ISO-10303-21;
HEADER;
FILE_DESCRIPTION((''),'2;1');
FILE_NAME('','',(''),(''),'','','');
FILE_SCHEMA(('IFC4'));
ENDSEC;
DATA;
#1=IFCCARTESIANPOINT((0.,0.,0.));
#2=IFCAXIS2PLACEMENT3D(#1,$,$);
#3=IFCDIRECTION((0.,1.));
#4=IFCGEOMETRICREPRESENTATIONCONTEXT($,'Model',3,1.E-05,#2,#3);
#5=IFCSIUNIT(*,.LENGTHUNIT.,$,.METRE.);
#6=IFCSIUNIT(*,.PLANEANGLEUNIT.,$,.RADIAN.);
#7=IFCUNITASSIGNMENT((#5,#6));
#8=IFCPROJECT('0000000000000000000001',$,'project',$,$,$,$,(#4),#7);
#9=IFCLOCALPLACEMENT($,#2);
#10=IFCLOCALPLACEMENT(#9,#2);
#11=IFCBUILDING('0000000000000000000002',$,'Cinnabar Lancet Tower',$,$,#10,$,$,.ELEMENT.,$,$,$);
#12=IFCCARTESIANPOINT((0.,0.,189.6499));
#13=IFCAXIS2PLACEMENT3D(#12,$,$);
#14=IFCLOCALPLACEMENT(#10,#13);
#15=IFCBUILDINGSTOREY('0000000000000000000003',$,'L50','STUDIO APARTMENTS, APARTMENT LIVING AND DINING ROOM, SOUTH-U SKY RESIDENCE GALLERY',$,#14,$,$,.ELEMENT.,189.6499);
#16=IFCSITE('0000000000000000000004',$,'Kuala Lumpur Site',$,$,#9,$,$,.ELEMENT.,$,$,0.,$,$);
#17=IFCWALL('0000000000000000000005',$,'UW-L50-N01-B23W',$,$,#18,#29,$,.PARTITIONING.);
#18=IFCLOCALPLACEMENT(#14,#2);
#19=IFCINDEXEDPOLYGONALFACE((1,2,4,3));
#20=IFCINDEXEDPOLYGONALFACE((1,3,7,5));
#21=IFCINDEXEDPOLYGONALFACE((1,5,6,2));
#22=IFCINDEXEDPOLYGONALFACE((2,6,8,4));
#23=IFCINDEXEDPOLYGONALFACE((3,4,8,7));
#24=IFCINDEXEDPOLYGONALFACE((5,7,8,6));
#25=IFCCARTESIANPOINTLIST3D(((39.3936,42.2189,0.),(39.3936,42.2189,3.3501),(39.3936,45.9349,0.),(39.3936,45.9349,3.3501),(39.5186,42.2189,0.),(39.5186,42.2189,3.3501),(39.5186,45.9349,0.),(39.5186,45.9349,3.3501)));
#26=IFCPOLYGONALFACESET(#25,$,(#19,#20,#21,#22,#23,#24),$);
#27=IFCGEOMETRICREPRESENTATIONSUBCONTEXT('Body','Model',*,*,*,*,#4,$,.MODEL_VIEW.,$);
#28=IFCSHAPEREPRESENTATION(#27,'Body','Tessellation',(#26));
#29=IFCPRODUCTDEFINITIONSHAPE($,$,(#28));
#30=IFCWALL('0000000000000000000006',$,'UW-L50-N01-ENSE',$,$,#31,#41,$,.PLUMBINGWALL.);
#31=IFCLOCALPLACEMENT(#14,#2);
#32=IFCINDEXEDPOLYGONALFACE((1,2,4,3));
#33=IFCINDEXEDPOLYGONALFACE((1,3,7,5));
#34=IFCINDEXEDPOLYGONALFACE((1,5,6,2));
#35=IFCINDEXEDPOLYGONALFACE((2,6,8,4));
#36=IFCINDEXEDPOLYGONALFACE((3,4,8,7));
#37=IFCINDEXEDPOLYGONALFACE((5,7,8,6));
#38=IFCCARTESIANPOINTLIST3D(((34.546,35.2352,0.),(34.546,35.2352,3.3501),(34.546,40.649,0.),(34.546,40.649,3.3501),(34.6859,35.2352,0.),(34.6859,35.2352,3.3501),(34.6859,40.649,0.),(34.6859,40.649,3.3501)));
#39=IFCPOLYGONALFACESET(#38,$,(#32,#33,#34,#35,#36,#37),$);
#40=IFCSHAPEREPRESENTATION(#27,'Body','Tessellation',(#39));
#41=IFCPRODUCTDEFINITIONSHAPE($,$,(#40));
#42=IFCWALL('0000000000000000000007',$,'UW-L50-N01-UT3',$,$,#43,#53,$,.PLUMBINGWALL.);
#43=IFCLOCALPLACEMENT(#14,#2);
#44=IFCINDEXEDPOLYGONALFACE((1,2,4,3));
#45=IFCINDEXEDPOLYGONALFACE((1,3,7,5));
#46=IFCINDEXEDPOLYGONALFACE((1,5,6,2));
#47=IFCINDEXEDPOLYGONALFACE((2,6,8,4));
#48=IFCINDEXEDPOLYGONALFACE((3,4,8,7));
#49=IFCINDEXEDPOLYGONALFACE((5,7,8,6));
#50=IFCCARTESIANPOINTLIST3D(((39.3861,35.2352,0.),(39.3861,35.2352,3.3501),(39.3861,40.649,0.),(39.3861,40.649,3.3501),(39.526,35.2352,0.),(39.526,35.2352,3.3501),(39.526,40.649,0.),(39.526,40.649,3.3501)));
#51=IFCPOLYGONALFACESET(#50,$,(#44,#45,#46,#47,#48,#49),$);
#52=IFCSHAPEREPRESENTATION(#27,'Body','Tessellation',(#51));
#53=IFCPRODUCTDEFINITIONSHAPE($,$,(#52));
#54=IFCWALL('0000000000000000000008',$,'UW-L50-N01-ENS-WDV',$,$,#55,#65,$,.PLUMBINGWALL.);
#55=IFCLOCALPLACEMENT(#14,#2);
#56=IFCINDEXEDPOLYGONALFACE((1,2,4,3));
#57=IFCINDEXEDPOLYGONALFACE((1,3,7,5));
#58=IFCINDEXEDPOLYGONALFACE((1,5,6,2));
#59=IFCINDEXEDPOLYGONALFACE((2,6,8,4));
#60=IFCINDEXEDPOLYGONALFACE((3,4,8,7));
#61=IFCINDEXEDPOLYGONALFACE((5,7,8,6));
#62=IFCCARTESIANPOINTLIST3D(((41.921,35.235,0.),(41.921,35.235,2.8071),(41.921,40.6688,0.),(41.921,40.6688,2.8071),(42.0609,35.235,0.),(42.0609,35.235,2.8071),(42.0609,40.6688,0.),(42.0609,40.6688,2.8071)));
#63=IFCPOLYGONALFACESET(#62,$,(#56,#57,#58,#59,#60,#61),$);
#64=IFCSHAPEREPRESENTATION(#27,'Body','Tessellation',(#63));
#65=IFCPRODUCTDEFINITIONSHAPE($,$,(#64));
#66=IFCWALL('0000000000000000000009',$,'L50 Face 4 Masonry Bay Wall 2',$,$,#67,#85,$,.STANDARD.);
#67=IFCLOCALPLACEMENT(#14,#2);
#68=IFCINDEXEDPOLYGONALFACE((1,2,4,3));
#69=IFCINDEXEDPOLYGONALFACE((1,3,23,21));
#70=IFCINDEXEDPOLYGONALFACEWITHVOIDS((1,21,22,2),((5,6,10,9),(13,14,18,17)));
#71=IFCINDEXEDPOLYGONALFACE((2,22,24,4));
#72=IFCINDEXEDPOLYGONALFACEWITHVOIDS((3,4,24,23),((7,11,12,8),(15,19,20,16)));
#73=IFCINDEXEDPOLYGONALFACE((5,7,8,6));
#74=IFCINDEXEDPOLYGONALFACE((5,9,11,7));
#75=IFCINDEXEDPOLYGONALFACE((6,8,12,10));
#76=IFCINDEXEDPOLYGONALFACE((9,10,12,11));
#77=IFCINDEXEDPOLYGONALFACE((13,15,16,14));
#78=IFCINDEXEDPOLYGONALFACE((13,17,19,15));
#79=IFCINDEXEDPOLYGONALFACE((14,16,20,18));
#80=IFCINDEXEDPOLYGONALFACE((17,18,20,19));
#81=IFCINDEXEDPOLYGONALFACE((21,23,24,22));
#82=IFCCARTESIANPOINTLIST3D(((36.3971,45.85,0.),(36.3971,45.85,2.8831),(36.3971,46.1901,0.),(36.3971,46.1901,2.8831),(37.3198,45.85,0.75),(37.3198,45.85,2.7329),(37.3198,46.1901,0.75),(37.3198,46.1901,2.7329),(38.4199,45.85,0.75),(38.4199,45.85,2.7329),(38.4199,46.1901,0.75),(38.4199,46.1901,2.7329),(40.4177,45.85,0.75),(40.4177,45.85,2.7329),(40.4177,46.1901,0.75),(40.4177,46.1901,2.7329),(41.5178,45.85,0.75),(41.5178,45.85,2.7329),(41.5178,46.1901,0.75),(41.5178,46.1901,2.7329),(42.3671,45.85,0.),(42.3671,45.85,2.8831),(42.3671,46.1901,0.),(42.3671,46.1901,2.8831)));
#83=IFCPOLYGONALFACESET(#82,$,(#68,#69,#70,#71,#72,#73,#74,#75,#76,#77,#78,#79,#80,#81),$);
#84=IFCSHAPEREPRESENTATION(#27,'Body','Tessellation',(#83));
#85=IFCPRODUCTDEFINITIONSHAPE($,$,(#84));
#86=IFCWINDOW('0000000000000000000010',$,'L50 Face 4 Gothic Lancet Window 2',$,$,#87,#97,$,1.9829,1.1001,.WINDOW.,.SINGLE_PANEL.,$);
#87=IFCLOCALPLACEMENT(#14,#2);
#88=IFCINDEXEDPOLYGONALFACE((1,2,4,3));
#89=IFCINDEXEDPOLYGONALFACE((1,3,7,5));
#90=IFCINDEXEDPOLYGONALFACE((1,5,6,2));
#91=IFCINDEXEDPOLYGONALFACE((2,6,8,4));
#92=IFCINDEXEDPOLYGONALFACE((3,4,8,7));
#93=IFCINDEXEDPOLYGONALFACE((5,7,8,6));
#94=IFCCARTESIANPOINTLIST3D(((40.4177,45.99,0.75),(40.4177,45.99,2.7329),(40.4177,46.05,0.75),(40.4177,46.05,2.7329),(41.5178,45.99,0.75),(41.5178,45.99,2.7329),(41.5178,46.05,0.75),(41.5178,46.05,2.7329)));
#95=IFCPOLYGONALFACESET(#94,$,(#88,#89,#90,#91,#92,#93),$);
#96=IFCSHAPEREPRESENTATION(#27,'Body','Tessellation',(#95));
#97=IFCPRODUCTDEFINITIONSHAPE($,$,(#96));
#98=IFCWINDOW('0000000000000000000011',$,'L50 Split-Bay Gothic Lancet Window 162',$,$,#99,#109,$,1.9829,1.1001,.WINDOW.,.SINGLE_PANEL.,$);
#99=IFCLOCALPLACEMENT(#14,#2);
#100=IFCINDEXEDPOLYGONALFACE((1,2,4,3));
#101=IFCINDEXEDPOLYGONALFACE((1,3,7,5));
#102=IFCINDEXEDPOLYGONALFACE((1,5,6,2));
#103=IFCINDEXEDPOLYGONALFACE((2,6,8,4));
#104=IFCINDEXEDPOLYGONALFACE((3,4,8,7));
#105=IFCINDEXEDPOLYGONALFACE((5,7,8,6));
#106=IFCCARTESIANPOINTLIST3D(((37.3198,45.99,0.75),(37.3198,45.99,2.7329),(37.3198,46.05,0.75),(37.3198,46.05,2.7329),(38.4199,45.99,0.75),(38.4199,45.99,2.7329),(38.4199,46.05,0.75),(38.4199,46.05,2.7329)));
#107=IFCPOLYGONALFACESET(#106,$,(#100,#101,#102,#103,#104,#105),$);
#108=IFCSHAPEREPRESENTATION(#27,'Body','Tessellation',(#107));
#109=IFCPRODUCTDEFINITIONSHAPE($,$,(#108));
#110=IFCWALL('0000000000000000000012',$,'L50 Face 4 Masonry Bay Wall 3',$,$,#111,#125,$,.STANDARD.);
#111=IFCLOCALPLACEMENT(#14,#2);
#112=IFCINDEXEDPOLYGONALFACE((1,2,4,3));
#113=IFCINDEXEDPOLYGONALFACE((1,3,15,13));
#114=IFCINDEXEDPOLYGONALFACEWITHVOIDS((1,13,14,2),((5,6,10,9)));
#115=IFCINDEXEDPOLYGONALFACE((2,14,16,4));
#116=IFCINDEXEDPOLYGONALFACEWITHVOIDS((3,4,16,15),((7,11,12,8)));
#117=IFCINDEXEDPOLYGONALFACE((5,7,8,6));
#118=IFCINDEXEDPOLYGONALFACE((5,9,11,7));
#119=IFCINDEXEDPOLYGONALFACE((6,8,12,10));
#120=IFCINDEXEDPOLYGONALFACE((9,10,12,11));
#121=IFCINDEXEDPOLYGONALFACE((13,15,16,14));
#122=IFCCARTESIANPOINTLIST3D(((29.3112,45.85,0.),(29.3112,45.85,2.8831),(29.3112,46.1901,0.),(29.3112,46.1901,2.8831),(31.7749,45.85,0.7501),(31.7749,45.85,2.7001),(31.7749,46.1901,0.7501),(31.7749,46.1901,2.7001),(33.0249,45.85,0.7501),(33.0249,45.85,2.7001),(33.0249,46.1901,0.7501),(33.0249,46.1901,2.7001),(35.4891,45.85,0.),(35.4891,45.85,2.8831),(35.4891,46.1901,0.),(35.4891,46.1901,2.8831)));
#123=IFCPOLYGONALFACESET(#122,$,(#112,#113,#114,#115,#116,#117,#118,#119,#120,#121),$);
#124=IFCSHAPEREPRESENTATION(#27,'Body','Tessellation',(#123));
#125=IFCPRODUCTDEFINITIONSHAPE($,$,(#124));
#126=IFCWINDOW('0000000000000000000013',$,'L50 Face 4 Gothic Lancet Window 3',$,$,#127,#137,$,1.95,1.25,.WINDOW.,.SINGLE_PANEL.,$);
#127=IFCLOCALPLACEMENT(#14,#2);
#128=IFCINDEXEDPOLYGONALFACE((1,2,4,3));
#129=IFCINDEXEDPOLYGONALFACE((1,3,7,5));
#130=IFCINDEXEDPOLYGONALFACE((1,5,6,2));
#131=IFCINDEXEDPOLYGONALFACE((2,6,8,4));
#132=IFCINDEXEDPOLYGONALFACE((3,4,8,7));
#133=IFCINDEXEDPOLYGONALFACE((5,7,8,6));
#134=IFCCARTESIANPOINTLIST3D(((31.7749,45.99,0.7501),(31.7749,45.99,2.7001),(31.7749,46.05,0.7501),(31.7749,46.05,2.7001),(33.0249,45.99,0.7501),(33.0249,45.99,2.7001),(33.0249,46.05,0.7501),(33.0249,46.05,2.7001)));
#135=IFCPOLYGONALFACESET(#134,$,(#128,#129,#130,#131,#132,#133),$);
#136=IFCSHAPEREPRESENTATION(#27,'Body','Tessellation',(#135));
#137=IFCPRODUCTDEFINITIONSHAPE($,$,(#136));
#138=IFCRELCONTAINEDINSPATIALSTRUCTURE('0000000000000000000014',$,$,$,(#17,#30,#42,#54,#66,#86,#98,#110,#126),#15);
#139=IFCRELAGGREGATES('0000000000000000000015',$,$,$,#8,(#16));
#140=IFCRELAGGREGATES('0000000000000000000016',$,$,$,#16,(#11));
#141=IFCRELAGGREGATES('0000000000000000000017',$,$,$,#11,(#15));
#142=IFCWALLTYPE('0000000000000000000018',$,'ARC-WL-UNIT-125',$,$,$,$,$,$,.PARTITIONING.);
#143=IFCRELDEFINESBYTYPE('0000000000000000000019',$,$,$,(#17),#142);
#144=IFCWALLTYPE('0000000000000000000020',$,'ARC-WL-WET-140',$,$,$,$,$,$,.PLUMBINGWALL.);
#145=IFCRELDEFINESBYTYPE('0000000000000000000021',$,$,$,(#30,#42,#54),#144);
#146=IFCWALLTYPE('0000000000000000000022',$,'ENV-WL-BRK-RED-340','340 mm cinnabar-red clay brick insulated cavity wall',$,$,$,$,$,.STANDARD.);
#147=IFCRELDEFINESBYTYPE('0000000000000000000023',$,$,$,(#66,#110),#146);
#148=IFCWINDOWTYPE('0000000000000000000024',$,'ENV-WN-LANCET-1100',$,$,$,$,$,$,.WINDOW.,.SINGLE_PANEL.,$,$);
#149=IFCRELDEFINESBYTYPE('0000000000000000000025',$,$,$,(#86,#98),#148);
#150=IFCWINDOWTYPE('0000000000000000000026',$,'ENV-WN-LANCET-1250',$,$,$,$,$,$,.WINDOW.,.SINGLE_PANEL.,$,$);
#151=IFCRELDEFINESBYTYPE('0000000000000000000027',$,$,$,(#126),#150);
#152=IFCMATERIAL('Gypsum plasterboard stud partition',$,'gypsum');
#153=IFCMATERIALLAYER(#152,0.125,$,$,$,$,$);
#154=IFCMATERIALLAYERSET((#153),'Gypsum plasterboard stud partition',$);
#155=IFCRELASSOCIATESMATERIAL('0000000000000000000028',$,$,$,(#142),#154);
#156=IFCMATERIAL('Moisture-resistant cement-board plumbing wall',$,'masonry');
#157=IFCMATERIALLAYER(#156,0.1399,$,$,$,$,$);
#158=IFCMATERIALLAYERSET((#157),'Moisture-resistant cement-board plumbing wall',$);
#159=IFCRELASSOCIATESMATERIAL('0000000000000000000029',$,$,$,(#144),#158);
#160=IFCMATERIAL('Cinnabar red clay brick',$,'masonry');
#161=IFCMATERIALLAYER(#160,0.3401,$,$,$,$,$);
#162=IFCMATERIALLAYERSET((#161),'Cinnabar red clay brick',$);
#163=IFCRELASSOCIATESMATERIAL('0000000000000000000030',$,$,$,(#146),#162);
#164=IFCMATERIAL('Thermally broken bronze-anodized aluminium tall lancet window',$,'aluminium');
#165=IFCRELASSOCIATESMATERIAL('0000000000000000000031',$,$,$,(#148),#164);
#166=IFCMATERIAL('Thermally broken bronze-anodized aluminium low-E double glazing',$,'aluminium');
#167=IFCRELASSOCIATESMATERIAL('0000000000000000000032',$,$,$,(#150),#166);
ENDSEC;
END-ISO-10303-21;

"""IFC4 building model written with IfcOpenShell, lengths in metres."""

from ifc_helpers import new_model, si_unit, direction, frame, frame_2d, origin, place, context, subcontext, project, spatial, rectangle, extrude, material, layer, layer_set, type_object, element, fill, save


model = new_model("IFC4")

# Units and contexts
model_context = context("Model", 3, precision=1e-05, world=origin(), true_north=direction((0.0, 1.0)))
body_context = subcontext(model_context, "Body", "Model", "MODEL_VIEW")
ifc_project = project(units=[si_unit("LENGTHUNIT", "METRE"), si_unit("PLANEANGLEUNIT", "RADIAN")], contexts=[model_context])

# Site, building, storey
site_placement = place(None, origin())
site = spatial("IfcSite", under=ifc_project, at=site_placement, Name="Kuala Lumpur Site", CompositionType="ELEMENT", RefElevation=0.0)
building_placement = place(site_placement, origin())
building = spatial("IfcBuilding", under=site, at=building_placement, Name="Cinnabar Lancet Tower", CompositionType="ELEMENT")
storey_placement = place(building_placement, frame((0.0, 0.0, 189.6499)))
storey = spatial("IfcBuildingStorey", under=building, at=storey_placement, Name="L50", Description="STUDIO APARTMENTS, APARTMENT LIVING AND DINING ROOM, SOUTH-U SKY RESIDENCE GALLERY", CompositionType="ELEMENT", Elevation=189.6499)

# Shared definitions
ifc_material_1 = material(Name="Gypsum plasterboard stud partition", Category="gypsum")
ifc_layer_1 = layer(ifc_material_1, 0.125)
ifc_layer_set_1 = layer_set([ifc_layer_1], Name="Gypsum plasterboard stud partition")
wall_type_1 = type_object("IfcWallType", Name="ARC-WL-UNIT-125", PredefinedType="PARTITIONING", material=ifc_layer_set_1)

# Walls
for number, where, z_axis, x_axis, name in (
    (1, (39.4561, 42.219, 0.0), (0.0, 0.0, 1.0), (0.0, 1.0, 0.0), "UW-L50-N01-B23W"),
):
    element("IfcWall", number, at=place(storey_placement, frame(where, z_axis=z_axis, x_axis=x_axis)), inside=storey, type_object=wall_type_1, Name=name, PredefinedType="PARTITIONING", context=body_context, shape_type="SweptSolid", body=[
        extrude(rectangle(XDim=3.7161, YDim=0.125, at=frame_2d((1.8579, 0.0))), origin(), (0.0, 0.0, 1.0), 3.3501),
    ])
ifc_material_2 = material(Name="Moisture-resistant cement-board plumbing wall", Category="masonry")
ifc_layer_2 = layer(ifc_material_2, 0.1399)
ifc_layer_set_2 = layer_set([ifc_layer_2], Name="Moisture-resistant cement-board plumbing wall")
wall_type_2 = type_object("IfcWallType", Name="ARC-WL-WET-140", PredefinedType="PLUMBINGWALL", material=ifc_layer_set_2)
for number, where, z_axis, x_axis, name in (
    (2, (34.616, 35.2351, 0.0), (0.0, 0.0, 1.0), (0.0, 1.0, 0.0), "UW-L50-N01-ENSE"),
    (3, (39.4561, 35.2351, 0.0), (0.0, 0.0, 1.0), (0.0, 1.0, 0.0), "UW-L50-N01-UT3"),
):
    element("IfcWall", number, at=place(storey_placement, frame(where, z_axis=z_axis, x_axis=x_axis)), inside=storey, type_object=wall_type_2, Name=name, PredefinedType="PLUMBINGWALL", context=body_context, shape_type="SweptSolid", body=[
        extrude(rectangle(XDim=5.4138, YDim=0.1399, at=frame_2d((2.707, 0.0))), origin(), (0.0, 0.0, 1.0), 3.3501),
    ])
wall_1_placement = place(storey_placement, frame((41.991, 35.2351, 0.0), z_axis=(0.0, 0.0, 1.0), x_axis=(0.0, 1.0, 0.0)))
element("IfcWall", 4, at=wall_1_placement, inside=storey, type_object=wall_type_2, Name="UW-L50-N01-ENS-WDV", PredefinedType="PLUMBINGWALL", context=body_context, shape_type="SweptSolid", body=[
    extrude(rectangle(XDim=5.4338, YDim=0.1399, at=frame_2d((2.7168, 0.0))), origin(), (0.0, 0.0, 1.0), 2.8071),
])

# Wall, openings, windows
ifc_material_3 = material(Name="Cinnabar red clay brick", Category="masonry")
ifc_layer_3 = layer(ifc_material_3, 0.3401)
ifc_layer_set_3 = layer_set([ifc_layer_3], Name="Cinnabar red clay brick")
wall_type_3 = type_object("IfcWallType", Name="ENV-WL-BRK-RED-340", Description="340 mm cinnabar-red clay brick insulated cavity wall", PredefinedType="STANDARD", material=ifc_layer_set_3)
wall_2_placement = place(storey_placement, frame((42.3669, 46.02, 0.0), z_axis=(0.0, 0.0, 1.0), x_axis=(-1.0, 0.0, 0.0)))
wall_2 = element("IfcWall", 5, at=wall_2_placement, inside=storey, type_object=wall_type_3, Name="L50 Face 4 Masonry Bay Wall 2", PredefinedType="STANDARD", context=body_context, shape_type="SweptSolid", body=[
    extrude(rectangle(XDim=5.97, YDim=0.3401, at=frame_2d((2.9849, 0.0))), origin(), (0.0, 0.0, 1.0), 2.8831),
])
opening_1_placement = place(wall_2_placement, frame((0.8491, 0.0, 0.75)))
opening_1 = element("IfcOpeningElement", 6, at=opening_1_placement, cuts=wall_2, PredefinedType="OPENING", context=body_context, shape_type="SweptSolid", body=[
    extrude(rectangle(XDim=1.1001, YDim=1.9829, at=frame_2d((0.55, 0.9915))), frame((0.0, 0.1799, 0.0), z_axis=(0.0, -1.0, 0.0), x_axis=(1.0, 0.0, 0.0)), (0.0, 0.0, 1.0), 0.3601),
])
opening_2_placement = place(wall_2_placement, frame((3.947, 0.0, 0.75)))
opening_2 = element("IfcOpeningElement", 7, at=opening_2_placement, cuts=wall_2, PredefinedType="OPENING", context=body_context, shape_type="SweptSolid", body=[
    extrude(rectangle(XDim=1.1001, YDim=1.9829, at=frame_2d((0.55, 0.9915))), frame((0.0, 0.1799, 0.0), z_axis=(0.0, -1.0, 0.0), x_axis=(1.0, 0.0, 0.0)), (0.0, 0.0, 1.0), 0.3601),
])
ifc_material_4 = material(Name="Thermally broken bronze-anodized aluminium tall lancet window", Category="aluminium")
window_type_1 = type_object("IfcWindowType", Name="ENV-WN-LANCET-1100", PartitioningType="SINGLE_PANEL", PredefinedType="WINDOW", material=ifc_material_4)
window_1_placement = place(opening_1_placement, origin())
window_1 = element("IfcWindow", 8, at=window_1_placement, inside=storey, type_object=window_type_1, Name="L50 Face 4 Gothic Lancet Window 2", OverallHeight=1.9829, OverallWidth=1.1001, PartitioningType="SINGLE_PANEL", PredefinedType="WINDOW", context=body_context, shape_type="SweptSolid", body=[
    extrude(rectangle(XDim=1.1001, YDim=1.9829, at=frame_2d((0.55, 0.9915))), frame((0.0, 0.03, 0.0), z_axis=(0.0, -1.0, 0.0), x_axis=(1.0, 0.0, 0.0)), (0.0, 0.0, 1.0), 0.0601),
])
fill(opening_1, window_1)
window_2_placement = place(opening_2_placement, origin())
window_2 = element("IfcWindow", 9, at=window_2_placement, inside=storey, type_object=window_type_1, Name="L50 Split-Bay Gothic Lancet Window 162", OverallHeight=1.9829, OverallWidth=1.1001, PartitioningType="SINGLE_PANEL", PredefinedType="WINDOW", context=body_context, shape_type="SweptSolid", body=[
    extrude(rectangle(XDim=1.1001, YDim=1.9829, at=frame_2d((0.55, 0.9915))), frame((0.0, 0.03, 0.0), z_axis=(0.0, -1.0, 0.0), x_axis=(1.0, 0.0, 0.0)), (0.0, 0.0, 1.0), 0.0601),
])
fill(opening_2, window_2)

# Wall, opening, window
wall_3_placement = place(storey_placement, frame((35.489, 46.02, 0.0), z_axis=(0.0, 0.0, 1.0), x_axis=(-1.0, 0.0, 0.0)))
wall_3 = element("IfcWall", 10, at=wall_3_placement, inside=storey, type_object=wall_type_3, Name="L50 Face 4 Masonry Bay Wall 3", PredefinedType="STANDARD", context=body_context, shape_type="SweptSolid", body=[
    extrude(rectangle(XDim=6.178, YDim=0.3401, at=frame_2d((3.0889, 0.0))), origin(), (0.0, 0.0, 1.0), 2.8831),
])
opening_3_placement = place(wall_3_placement, frame((2.4641, 0.0, 0.75)))
opening_3 = element("IfcOpeningElement", 11, at=opening_3_placement, cuts=wall_3, PredefinedType="OPENING", context=body_context, shape_type="SweptSolid", body=[
    extrude(rectangle(XDim=1.25, YDim=1.95, at=frame_2d((0.625, 0.9751))), frame((0.0, 0.1799, 0.0), z_axis=(0.0, -1.0, 0.0), x_axis=(1.0, 0.0, 0.0)), (0.0, 0.0, 1.0), 0.3601),
])
ifc_material_5 = material(Name="Thermally broken bronze-anodized aluminium low-E double glazing", Category="aluminium")
window_type_2 = type_object("IfcWindowType", Name="ENV-WN-LANCET-1250", PartitioningType="SINGLE_PANEL", PredefinedType="WINDOW", material=ifc_material_5)
window_3_placement = place(opening_3_placement, origin())
window_3 = element("IfcWindow", 12, at=window_3_placement, inside=storey, type_object=window_type_2, Name="L50 Face 4 Gothic Lancet Window 3", OverallHeight=1.95, OverallWidth=1.25, PartitioningType="SINGLE_PANEL", PredefinedType="WINDOW", context=body_context, shape_type="SweptSolid", body=[
    extrude(rectangle(XDim=1.25, YDim=1.95, at=frame_2d((0.625, 0.9751))), frame((0.0, 0.03, 0.0), z_axis=(0.0, -1.0, 0.0), x_axis=(1.0, 0.0, 0.0)), (0.0, 0.0, 1.0), 0.0601),
])
fill(opening_3, window_3)

save(model, "model.ifc")
